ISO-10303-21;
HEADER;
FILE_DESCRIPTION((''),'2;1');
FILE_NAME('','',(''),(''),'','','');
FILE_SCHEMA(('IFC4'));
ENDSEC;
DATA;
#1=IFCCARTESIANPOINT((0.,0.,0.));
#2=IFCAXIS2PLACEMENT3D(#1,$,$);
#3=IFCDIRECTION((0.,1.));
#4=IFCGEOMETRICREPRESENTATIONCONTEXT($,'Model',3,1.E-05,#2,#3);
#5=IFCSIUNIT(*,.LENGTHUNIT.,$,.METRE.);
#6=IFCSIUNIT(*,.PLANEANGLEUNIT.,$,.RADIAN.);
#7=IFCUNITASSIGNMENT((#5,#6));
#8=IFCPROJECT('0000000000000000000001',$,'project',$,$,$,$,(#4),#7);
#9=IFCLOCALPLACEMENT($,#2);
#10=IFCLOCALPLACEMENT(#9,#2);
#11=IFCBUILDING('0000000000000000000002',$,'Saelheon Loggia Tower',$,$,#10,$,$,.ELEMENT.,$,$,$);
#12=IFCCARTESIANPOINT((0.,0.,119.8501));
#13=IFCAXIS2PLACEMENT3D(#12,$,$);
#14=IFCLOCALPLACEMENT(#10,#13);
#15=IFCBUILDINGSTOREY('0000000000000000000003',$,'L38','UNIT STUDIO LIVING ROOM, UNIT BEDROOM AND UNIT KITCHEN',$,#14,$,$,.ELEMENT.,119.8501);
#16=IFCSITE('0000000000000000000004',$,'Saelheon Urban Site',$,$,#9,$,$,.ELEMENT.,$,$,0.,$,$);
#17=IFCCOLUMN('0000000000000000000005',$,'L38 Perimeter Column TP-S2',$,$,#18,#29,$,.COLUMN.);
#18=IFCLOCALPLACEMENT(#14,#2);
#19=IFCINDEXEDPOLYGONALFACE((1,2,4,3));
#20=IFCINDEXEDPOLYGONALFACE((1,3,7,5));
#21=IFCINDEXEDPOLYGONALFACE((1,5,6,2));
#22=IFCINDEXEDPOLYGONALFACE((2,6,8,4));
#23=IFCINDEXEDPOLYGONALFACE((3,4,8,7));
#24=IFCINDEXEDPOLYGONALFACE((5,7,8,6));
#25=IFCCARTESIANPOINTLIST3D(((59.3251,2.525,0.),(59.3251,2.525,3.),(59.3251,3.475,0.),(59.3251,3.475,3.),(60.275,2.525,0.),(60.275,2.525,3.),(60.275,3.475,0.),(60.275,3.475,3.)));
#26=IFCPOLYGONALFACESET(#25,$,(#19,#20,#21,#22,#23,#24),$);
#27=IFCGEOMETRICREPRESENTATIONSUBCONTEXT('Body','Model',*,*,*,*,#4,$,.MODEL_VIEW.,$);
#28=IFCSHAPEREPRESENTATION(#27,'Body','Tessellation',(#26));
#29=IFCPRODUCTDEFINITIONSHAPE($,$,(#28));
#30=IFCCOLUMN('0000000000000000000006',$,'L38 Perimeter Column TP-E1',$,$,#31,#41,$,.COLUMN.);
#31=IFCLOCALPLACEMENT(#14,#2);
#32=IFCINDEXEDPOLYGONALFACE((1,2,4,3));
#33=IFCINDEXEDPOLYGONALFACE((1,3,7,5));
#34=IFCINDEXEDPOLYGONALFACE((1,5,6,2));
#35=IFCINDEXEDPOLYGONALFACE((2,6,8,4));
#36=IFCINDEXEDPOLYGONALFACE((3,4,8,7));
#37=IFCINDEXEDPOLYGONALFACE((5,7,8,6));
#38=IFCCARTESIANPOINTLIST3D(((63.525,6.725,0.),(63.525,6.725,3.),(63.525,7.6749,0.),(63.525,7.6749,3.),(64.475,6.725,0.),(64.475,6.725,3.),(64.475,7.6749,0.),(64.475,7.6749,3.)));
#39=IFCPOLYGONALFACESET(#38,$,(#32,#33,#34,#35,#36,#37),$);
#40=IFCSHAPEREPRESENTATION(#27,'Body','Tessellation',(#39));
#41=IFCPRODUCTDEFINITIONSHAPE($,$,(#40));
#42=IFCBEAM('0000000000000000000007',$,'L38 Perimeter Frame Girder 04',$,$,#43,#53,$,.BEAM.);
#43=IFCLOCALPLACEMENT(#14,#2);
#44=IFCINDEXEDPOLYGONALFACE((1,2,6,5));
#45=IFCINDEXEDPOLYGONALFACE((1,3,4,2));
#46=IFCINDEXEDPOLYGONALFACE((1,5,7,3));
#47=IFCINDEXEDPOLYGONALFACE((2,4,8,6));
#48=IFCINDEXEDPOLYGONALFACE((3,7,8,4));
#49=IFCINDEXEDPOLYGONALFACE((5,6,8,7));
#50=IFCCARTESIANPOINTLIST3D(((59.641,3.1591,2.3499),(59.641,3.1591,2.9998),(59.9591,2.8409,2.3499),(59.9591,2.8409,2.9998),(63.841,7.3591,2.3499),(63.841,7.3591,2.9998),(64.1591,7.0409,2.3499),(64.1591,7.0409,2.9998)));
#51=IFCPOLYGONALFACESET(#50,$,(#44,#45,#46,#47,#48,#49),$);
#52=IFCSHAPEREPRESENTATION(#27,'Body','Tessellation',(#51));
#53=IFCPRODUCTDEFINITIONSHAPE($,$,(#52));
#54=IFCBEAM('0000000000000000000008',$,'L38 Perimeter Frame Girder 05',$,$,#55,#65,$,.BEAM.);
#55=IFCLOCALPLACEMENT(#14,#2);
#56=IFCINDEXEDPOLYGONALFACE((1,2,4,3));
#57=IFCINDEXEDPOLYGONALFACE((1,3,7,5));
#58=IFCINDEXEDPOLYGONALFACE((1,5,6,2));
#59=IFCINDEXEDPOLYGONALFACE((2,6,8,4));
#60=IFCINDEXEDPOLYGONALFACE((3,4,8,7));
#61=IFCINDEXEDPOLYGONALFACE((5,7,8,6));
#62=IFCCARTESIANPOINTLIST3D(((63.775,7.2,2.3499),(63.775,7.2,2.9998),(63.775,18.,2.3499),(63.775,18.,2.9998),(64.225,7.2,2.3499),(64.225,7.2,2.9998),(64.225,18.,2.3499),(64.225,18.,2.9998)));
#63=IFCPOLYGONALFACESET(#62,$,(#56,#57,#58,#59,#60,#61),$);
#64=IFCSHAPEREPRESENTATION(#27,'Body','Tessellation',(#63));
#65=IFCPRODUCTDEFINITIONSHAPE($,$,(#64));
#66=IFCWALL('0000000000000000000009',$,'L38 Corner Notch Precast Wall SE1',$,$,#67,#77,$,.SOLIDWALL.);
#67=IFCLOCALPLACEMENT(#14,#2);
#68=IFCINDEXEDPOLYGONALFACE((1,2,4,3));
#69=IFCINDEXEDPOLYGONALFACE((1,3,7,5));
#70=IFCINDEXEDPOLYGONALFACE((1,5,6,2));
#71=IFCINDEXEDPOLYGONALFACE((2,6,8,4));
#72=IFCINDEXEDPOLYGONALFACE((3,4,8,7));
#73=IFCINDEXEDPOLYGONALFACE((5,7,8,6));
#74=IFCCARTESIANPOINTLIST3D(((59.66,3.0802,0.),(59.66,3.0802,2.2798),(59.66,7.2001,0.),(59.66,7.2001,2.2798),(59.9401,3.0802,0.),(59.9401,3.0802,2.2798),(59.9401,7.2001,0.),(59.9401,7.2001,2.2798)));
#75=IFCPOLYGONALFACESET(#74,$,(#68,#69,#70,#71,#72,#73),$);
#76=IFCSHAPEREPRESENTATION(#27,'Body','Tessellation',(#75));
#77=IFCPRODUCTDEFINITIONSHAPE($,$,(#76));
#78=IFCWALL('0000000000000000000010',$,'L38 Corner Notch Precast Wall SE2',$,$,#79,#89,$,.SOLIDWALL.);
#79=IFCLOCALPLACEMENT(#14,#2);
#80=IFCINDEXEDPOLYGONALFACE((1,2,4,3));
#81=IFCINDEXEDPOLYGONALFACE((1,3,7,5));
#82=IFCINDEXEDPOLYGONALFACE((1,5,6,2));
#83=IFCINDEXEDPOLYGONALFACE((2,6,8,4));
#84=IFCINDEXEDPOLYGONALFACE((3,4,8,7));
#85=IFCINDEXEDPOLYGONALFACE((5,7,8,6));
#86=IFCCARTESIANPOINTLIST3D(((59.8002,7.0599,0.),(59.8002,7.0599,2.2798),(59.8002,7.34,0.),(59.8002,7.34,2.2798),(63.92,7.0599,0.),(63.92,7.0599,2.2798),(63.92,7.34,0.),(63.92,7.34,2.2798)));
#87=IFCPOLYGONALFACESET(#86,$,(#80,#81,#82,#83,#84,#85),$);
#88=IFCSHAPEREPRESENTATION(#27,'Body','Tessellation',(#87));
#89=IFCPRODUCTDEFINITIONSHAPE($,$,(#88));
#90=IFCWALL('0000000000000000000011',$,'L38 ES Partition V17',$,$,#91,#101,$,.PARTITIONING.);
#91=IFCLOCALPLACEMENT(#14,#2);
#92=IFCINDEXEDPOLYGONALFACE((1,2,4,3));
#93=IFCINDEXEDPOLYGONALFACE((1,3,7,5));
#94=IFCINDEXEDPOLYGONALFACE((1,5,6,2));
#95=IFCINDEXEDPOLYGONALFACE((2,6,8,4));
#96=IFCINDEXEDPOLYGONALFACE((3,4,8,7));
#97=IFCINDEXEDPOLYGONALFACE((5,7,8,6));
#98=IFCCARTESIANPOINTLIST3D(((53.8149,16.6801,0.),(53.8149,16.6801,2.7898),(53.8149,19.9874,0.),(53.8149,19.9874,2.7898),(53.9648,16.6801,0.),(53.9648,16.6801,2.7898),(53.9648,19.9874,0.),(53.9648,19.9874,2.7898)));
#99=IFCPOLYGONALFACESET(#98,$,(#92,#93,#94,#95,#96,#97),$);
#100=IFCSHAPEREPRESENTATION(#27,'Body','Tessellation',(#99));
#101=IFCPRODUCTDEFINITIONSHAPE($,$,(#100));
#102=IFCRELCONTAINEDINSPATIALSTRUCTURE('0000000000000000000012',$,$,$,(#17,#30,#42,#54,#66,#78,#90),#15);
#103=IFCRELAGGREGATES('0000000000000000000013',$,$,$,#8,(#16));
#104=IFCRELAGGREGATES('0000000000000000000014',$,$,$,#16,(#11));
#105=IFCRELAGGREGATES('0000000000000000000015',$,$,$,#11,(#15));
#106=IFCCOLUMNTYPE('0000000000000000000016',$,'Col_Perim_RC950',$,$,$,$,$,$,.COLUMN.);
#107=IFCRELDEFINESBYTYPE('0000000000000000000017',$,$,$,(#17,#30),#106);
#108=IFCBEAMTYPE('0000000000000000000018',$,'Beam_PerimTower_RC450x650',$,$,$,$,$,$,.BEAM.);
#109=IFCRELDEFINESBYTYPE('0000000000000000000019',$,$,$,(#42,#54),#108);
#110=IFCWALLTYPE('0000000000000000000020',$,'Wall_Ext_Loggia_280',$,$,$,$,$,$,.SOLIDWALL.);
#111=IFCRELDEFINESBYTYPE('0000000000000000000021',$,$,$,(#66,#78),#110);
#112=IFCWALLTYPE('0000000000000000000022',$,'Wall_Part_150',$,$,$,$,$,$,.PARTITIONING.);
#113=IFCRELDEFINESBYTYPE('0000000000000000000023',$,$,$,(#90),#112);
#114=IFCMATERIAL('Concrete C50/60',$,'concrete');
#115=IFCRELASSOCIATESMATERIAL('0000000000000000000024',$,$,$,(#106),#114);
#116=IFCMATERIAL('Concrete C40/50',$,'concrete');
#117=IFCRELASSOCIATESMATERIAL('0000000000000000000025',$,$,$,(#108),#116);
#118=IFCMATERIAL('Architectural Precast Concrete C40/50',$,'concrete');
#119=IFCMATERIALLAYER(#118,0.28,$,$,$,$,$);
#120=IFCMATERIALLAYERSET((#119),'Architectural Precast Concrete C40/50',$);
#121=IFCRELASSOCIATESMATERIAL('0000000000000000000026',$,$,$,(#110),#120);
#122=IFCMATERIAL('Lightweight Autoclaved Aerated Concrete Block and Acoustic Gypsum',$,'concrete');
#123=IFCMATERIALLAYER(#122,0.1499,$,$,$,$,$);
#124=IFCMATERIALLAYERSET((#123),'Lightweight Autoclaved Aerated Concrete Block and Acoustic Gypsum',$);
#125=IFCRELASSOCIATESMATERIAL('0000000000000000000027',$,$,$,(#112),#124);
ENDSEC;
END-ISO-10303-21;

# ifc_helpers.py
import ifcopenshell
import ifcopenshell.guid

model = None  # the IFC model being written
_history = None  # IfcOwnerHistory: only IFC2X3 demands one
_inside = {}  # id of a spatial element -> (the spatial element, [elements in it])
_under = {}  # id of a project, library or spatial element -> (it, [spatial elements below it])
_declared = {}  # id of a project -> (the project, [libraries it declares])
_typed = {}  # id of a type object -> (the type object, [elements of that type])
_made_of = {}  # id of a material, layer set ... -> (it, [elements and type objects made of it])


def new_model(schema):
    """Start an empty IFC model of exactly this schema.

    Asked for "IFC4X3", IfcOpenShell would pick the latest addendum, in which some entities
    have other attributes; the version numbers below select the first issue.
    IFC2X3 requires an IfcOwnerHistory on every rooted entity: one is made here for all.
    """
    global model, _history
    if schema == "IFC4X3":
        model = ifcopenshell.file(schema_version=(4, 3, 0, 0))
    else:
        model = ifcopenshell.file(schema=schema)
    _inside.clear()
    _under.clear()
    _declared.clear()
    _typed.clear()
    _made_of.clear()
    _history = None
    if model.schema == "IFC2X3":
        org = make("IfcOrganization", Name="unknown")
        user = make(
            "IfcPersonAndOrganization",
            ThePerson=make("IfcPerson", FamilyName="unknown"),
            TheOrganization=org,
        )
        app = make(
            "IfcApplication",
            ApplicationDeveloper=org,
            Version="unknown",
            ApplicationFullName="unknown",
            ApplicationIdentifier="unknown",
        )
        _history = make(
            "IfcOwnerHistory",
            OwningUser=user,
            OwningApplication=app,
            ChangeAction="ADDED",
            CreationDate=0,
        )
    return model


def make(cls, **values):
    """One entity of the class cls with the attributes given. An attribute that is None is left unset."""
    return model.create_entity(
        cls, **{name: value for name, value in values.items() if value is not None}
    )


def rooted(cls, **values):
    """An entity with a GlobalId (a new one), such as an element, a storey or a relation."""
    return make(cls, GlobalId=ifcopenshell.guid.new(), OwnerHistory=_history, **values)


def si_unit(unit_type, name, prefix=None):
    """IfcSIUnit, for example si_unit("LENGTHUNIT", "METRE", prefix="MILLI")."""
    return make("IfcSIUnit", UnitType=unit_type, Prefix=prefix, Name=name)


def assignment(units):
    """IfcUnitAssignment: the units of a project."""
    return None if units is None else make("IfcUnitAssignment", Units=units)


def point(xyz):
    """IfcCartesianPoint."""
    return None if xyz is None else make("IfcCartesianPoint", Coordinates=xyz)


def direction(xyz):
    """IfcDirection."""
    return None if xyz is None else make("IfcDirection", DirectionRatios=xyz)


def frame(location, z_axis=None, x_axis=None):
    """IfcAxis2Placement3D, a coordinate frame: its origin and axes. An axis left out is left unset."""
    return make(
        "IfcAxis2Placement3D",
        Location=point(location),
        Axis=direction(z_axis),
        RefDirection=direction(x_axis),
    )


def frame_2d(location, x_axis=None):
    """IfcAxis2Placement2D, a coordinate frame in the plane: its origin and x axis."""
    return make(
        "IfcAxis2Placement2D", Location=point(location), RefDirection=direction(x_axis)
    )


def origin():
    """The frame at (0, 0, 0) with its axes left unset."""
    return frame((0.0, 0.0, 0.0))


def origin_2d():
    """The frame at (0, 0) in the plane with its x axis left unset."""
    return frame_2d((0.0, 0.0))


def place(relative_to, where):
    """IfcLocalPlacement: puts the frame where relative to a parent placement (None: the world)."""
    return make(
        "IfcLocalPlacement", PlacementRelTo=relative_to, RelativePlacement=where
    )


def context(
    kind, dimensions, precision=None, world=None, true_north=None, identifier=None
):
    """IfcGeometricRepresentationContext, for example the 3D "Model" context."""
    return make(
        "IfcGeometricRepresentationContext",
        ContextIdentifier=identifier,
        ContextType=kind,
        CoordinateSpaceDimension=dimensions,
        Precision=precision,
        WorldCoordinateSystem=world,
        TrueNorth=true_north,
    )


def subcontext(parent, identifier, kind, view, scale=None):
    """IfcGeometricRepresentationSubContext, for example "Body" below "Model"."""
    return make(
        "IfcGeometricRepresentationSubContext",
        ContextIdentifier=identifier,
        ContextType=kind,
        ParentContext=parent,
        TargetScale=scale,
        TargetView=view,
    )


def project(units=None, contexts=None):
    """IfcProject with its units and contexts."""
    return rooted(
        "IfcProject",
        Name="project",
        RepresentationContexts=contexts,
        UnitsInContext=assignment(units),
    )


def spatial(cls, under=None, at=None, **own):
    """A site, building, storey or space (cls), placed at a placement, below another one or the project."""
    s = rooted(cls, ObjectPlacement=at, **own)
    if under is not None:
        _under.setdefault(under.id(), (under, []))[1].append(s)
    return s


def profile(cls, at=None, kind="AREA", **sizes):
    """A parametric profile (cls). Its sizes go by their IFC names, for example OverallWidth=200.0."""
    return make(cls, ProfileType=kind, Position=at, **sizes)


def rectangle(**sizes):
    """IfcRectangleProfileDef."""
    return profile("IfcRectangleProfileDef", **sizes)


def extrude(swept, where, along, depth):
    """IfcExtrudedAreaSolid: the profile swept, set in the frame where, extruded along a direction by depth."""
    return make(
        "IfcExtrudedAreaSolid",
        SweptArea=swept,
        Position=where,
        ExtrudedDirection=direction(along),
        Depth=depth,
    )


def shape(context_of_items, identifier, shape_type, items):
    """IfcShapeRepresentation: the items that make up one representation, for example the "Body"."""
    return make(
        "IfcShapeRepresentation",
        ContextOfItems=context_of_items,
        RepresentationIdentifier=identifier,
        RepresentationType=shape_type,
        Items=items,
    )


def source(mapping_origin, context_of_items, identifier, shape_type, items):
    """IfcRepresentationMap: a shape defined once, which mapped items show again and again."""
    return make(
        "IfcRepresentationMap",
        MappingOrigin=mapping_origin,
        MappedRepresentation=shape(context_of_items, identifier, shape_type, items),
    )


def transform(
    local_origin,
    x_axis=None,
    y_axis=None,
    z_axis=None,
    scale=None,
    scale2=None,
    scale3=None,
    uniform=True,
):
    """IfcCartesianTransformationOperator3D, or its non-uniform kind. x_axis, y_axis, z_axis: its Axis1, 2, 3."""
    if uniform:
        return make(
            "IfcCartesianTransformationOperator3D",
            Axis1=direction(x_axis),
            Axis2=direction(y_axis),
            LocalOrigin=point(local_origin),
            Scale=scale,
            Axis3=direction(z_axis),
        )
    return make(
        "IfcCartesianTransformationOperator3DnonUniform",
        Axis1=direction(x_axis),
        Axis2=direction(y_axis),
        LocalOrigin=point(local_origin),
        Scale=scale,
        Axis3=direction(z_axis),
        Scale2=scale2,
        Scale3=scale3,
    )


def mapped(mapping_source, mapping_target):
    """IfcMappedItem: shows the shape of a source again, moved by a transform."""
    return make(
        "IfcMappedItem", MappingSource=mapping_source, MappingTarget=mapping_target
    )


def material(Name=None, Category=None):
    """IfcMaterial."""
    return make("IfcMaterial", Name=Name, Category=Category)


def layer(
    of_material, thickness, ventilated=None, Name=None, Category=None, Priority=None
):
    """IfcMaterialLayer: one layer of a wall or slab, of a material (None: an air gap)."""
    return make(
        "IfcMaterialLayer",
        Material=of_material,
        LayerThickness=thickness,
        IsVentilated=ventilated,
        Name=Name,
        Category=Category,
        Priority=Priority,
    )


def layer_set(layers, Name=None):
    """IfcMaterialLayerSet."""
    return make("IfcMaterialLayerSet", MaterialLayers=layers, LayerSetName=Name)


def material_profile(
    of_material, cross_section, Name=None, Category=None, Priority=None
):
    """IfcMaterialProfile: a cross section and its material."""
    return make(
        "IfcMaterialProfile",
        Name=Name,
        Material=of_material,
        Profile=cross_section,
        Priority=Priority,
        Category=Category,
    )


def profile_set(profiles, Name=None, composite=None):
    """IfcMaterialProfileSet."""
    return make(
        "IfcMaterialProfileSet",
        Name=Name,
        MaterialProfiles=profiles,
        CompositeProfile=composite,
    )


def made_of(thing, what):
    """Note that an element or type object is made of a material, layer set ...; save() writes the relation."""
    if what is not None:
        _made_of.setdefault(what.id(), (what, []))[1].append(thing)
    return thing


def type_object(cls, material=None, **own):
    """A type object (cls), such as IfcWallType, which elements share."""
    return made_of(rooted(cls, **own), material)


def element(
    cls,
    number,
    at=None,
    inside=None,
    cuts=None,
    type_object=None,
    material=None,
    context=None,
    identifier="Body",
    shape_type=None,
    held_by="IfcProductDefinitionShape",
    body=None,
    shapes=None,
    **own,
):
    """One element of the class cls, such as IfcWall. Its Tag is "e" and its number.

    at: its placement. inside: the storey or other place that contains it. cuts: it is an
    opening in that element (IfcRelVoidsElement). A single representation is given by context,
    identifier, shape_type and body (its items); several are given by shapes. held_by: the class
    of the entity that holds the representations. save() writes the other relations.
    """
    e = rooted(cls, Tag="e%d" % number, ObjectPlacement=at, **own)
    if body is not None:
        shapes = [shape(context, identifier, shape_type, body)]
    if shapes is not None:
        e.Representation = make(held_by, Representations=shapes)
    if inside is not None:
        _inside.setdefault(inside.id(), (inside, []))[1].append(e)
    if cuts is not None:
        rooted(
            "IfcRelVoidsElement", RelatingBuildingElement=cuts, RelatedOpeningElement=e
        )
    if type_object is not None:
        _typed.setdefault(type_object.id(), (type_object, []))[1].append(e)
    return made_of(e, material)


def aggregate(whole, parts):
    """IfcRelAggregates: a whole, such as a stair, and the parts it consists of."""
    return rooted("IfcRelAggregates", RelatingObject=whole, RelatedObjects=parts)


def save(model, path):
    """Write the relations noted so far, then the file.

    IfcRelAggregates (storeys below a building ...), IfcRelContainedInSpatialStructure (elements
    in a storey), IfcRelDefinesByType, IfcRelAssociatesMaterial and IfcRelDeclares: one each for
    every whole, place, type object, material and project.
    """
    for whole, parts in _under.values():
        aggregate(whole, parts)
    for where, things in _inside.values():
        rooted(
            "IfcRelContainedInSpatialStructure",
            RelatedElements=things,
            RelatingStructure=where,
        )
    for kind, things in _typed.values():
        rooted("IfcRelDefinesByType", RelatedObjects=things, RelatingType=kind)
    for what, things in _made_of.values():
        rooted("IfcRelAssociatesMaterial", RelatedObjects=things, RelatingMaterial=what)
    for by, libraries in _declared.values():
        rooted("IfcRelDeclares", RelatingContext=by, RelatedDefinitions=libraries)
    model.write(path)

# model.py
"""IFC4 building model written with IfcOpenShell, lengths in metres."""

from ifc_helpers import new_model, si_unit, direction, frame, frame_2d, origin, origin_2d, place, context, subcontext, project, spatial, rectangle, extrude, source, transform, mapped, material, layer, layer_set, material_profile, profile_set, type_object, element, save


model = new_model("IFC4")

# Units and contexts
model_context = context("Model", 3, precision=1e-05, world=origin(), true_north=direction((0.0, 1.0)))
body_context = subcontext(model_context, "Body", "Model", "MODEL_VIEW")
ifc_project = project(units=[si_unit("LENGTHUNIT", "METRE"), si_unit("PLANEANGLEUNIT", "RADIAN")], contexts=[model_context])

# Site, building, storey
site_placement = place(None, origin())
site = spatial("IfcSite", under=ifc_project, at=site_placement, Name="Saelheon Urban Site", CompositionType="ELEMENT", RefElevation=0.0)
building_placement = place(site_placement, origin())
building = spatial("IfcBuilding", under=site, at=building_placement, Name="Saelheon Loggia Tower", CompositionType="ELEMENT")
storey_placement = place(building_placement, frame((0.0, 0.0, 119.8501)))
storey = spatial("IfcBuildingStorey", under=building, at=storey_placement, Name="L38", Description="UNIT STUDIO LIVING ROOM, UNIT BEDROOM AND UNIT KITCHEN", CompositionType="ELEMENT", Elevation=119.8501)

# Columns
ifc_material_1 = material(Name="Concrete C50/60", Category="concrete")
ifc_material_profile_1 = material_profile(ifc_material_1, rectangle(XDim=0.95, YDim=0.95, at=origin_2d()), Name="RC-950x950")
ifc_profile_set_1 = profile_set([ifc_material_profile_1], Name="Concrete C50/60")
column_type = type_object("IfcColumnType", Name="Col_Perim_RC950", PredefinedType="COLUMN", material=ifc_profile_set_1)
shared_shape_1 = source(origin(), body_context, "Body", "SweptSolid", [
    extrude(rectangle(XDim=0.95, YDim=0.95, at=origin_2d()), origin(), (0.0, 0.0, 1.0), 3.0),
])
for number, where, z_axis, x_axis, name in (
    (1, (59.8, 3.0, 0.0), (0.0, 0.0, 1.0), (1.0, 0.0, 0.0), "L38 Perimeter Column TP-S2"),
    (2, (64.0, 7.2, 0.0), (0.0, 0.0, 1.0), (1.0, 0.0, 0.0), "L38 Perimeter Column TP-E1"),
):
    element("IfcColumn", number, at=place(storey_placement, frame(where, z_axis=z_axis, x_axis=x_axis)), inside=storey, type_object=column_type, Name=name, PredefinedType="COLUMN", context=body_context, shape_type="MappedRepresentation", body=[
        mapped(shared_shape_1, transform((0.0, 0.0, 0.0), scale=1.0)),
    ])

# Beams
ifc_material_2 = material(Name="Concrete C40/50", Category="concrete")
ifc_material_profile_2 = material_profile(ifc_material_2, rectangle(XDim=0.45, YDim=0.6499, at=origin_2d()), Name="RC-450x650")
ifc_profile_set_2 = profile_set([ifc_material_profile_2], Name="Concrete C40/50")
beam_type = type_object("IfcBeamType", Name="Beam_PerimTower_RC450x650", PredefinedType="BEAM", material=ifc_profile_set_2)
shared_shape_2 = source(origin(), body_context, "Body", "SweptSolid", [
    extrude(rectangle(XDim=0.45, YDim=0.6499, at=origin_2d()), origin(), (0.0, 0.0, 1.0), 5.9397),
])
beam_1_placement = place(storey_placement, frame((59.8, 3.0, 2.6748), z_axis=(0.707107, 0.707107, 0.0), x_axis=(-0.707107, 0.707107, 0.0)))
element("IfcBeam", 3, at=beam_1_placement, inside=storey, type_object=beam_type, Name="L38 Perimeter Frame Girder 04", PredefinedType="BEAM", context=body_context, shape_type="MappedRepresentation", body=[
    mapped(shared_shape_2, transform((0.0, 0.0, 0.0), scale=1.0)),
])
shared_shape_3 = source(origin(), body_context, "Body", "SweptSolid", [
    extrude(rectangle(XDim=0.45, YDim=0.6499, at=origin_2d()), origin(), (0.0, 0.0, 1.0), 10.8),
])
beam_2_placement = place(storey_placement, frame((64.0, 7.2, 2.6748), z_axis=(0.0, 1.0, 0.0), x_axis=(-1.0, 0.0, 0.0)))
element("IfcBeam", 4, at=beam_2_placement, inside=storey, type_object=beam_type, Name="L38 Perimeter Frame Girder 05", PredefinedType="BEAM", context=body_context, shape_type="MappedRepresentation", body=[
    mapped(shared_shape_3, transform((0.0, 0.0, 0.0), scale=1.0)),
])

# Shared definitions
ifc_material_3 = material(Name="Architectural Precast Concrete C40/50", Category="concrete")
ifc_layer_1 = layer(ifc_material_3, 0.28)
ifc_layer_set_1 = layer_set([ifc_layer_1], Name="Architectural Precast Concrete C40/50")
wall_type_1 = type_object("IfcWallType", Name="Wall_Ext_Loggia_280", PredefinedType="SOLIDWALL", material=ifc_layer_set_1)

# Walls
for number, where, z_axis, x_axis, name in (
    (5, (59.8, 3.0801, 0.0), (0.0, 0.0, 1.0), (0.0, 1.0, 0.0), "L38 Corner Notch Precast Wall SE1"),
    (6, (59.8, 7.2, 0.0), (0.0, 0.0, 1.0), (1.0, 0.0, 0.0), "L38 Corner Notch Precast Wall SE2"),
):
    element("IfcWall", number, at=place(storey_placement, frame(where, z_axis=z_axis, x_axis=x_axis)), inside=storey, type_object=wall_type_1, Name=name, PredefinedType="SOLIDWALL", context=body_context, shape_type="SweptSolid", body=[
        extrude(rectangle(XDim=4.1199, YDim=0.28, at=frame_2d((2.0601, 0.0))), origin(), (0.0, 0.0, 1.0), 2.2798),
    ])
ifc_material_4 = material(Name="Lightweight Autoclaved Aerated Concrete Block and Acoustic Gypsum", Category="concrete")
ifc_layer_2 = layer(ifc_material_4, 0.1499)
ifc_layer_set_2 = layer_set([ifc_layer_2], Name="Lightweight Autoclaved Aerated Concrete Block and Acoustic Gypsum")
wall_type_2 = type_object("IfcWallType", Name="Wall_Part_150", PredefinedType="PARTITIONING", material=ifc_layer_set_2)
wall_1_placement = place(storey_placement, frame((53.8899, 16.6799, 0.0), z_axis=(0.0, 0.0, 1.0), x_axis=(0.0, 1.0, 0.0)))
element("IfcWall", 7, at=wall_1_placement, inside=storey, type_object=wall_type_2, Name="L38 ES Partition V17", PredefinedType="PARTITIONING", context=body_context, shape_type="SweptSolid", body=[
    extrude(rectangle(XDim=3.3074, YDim=0.1499, at=frame_2d((1.6538, 0.0))), origin(), (0.0, 0.0, 1.0), 2.7898),
])

save(model, "model.ifc")
